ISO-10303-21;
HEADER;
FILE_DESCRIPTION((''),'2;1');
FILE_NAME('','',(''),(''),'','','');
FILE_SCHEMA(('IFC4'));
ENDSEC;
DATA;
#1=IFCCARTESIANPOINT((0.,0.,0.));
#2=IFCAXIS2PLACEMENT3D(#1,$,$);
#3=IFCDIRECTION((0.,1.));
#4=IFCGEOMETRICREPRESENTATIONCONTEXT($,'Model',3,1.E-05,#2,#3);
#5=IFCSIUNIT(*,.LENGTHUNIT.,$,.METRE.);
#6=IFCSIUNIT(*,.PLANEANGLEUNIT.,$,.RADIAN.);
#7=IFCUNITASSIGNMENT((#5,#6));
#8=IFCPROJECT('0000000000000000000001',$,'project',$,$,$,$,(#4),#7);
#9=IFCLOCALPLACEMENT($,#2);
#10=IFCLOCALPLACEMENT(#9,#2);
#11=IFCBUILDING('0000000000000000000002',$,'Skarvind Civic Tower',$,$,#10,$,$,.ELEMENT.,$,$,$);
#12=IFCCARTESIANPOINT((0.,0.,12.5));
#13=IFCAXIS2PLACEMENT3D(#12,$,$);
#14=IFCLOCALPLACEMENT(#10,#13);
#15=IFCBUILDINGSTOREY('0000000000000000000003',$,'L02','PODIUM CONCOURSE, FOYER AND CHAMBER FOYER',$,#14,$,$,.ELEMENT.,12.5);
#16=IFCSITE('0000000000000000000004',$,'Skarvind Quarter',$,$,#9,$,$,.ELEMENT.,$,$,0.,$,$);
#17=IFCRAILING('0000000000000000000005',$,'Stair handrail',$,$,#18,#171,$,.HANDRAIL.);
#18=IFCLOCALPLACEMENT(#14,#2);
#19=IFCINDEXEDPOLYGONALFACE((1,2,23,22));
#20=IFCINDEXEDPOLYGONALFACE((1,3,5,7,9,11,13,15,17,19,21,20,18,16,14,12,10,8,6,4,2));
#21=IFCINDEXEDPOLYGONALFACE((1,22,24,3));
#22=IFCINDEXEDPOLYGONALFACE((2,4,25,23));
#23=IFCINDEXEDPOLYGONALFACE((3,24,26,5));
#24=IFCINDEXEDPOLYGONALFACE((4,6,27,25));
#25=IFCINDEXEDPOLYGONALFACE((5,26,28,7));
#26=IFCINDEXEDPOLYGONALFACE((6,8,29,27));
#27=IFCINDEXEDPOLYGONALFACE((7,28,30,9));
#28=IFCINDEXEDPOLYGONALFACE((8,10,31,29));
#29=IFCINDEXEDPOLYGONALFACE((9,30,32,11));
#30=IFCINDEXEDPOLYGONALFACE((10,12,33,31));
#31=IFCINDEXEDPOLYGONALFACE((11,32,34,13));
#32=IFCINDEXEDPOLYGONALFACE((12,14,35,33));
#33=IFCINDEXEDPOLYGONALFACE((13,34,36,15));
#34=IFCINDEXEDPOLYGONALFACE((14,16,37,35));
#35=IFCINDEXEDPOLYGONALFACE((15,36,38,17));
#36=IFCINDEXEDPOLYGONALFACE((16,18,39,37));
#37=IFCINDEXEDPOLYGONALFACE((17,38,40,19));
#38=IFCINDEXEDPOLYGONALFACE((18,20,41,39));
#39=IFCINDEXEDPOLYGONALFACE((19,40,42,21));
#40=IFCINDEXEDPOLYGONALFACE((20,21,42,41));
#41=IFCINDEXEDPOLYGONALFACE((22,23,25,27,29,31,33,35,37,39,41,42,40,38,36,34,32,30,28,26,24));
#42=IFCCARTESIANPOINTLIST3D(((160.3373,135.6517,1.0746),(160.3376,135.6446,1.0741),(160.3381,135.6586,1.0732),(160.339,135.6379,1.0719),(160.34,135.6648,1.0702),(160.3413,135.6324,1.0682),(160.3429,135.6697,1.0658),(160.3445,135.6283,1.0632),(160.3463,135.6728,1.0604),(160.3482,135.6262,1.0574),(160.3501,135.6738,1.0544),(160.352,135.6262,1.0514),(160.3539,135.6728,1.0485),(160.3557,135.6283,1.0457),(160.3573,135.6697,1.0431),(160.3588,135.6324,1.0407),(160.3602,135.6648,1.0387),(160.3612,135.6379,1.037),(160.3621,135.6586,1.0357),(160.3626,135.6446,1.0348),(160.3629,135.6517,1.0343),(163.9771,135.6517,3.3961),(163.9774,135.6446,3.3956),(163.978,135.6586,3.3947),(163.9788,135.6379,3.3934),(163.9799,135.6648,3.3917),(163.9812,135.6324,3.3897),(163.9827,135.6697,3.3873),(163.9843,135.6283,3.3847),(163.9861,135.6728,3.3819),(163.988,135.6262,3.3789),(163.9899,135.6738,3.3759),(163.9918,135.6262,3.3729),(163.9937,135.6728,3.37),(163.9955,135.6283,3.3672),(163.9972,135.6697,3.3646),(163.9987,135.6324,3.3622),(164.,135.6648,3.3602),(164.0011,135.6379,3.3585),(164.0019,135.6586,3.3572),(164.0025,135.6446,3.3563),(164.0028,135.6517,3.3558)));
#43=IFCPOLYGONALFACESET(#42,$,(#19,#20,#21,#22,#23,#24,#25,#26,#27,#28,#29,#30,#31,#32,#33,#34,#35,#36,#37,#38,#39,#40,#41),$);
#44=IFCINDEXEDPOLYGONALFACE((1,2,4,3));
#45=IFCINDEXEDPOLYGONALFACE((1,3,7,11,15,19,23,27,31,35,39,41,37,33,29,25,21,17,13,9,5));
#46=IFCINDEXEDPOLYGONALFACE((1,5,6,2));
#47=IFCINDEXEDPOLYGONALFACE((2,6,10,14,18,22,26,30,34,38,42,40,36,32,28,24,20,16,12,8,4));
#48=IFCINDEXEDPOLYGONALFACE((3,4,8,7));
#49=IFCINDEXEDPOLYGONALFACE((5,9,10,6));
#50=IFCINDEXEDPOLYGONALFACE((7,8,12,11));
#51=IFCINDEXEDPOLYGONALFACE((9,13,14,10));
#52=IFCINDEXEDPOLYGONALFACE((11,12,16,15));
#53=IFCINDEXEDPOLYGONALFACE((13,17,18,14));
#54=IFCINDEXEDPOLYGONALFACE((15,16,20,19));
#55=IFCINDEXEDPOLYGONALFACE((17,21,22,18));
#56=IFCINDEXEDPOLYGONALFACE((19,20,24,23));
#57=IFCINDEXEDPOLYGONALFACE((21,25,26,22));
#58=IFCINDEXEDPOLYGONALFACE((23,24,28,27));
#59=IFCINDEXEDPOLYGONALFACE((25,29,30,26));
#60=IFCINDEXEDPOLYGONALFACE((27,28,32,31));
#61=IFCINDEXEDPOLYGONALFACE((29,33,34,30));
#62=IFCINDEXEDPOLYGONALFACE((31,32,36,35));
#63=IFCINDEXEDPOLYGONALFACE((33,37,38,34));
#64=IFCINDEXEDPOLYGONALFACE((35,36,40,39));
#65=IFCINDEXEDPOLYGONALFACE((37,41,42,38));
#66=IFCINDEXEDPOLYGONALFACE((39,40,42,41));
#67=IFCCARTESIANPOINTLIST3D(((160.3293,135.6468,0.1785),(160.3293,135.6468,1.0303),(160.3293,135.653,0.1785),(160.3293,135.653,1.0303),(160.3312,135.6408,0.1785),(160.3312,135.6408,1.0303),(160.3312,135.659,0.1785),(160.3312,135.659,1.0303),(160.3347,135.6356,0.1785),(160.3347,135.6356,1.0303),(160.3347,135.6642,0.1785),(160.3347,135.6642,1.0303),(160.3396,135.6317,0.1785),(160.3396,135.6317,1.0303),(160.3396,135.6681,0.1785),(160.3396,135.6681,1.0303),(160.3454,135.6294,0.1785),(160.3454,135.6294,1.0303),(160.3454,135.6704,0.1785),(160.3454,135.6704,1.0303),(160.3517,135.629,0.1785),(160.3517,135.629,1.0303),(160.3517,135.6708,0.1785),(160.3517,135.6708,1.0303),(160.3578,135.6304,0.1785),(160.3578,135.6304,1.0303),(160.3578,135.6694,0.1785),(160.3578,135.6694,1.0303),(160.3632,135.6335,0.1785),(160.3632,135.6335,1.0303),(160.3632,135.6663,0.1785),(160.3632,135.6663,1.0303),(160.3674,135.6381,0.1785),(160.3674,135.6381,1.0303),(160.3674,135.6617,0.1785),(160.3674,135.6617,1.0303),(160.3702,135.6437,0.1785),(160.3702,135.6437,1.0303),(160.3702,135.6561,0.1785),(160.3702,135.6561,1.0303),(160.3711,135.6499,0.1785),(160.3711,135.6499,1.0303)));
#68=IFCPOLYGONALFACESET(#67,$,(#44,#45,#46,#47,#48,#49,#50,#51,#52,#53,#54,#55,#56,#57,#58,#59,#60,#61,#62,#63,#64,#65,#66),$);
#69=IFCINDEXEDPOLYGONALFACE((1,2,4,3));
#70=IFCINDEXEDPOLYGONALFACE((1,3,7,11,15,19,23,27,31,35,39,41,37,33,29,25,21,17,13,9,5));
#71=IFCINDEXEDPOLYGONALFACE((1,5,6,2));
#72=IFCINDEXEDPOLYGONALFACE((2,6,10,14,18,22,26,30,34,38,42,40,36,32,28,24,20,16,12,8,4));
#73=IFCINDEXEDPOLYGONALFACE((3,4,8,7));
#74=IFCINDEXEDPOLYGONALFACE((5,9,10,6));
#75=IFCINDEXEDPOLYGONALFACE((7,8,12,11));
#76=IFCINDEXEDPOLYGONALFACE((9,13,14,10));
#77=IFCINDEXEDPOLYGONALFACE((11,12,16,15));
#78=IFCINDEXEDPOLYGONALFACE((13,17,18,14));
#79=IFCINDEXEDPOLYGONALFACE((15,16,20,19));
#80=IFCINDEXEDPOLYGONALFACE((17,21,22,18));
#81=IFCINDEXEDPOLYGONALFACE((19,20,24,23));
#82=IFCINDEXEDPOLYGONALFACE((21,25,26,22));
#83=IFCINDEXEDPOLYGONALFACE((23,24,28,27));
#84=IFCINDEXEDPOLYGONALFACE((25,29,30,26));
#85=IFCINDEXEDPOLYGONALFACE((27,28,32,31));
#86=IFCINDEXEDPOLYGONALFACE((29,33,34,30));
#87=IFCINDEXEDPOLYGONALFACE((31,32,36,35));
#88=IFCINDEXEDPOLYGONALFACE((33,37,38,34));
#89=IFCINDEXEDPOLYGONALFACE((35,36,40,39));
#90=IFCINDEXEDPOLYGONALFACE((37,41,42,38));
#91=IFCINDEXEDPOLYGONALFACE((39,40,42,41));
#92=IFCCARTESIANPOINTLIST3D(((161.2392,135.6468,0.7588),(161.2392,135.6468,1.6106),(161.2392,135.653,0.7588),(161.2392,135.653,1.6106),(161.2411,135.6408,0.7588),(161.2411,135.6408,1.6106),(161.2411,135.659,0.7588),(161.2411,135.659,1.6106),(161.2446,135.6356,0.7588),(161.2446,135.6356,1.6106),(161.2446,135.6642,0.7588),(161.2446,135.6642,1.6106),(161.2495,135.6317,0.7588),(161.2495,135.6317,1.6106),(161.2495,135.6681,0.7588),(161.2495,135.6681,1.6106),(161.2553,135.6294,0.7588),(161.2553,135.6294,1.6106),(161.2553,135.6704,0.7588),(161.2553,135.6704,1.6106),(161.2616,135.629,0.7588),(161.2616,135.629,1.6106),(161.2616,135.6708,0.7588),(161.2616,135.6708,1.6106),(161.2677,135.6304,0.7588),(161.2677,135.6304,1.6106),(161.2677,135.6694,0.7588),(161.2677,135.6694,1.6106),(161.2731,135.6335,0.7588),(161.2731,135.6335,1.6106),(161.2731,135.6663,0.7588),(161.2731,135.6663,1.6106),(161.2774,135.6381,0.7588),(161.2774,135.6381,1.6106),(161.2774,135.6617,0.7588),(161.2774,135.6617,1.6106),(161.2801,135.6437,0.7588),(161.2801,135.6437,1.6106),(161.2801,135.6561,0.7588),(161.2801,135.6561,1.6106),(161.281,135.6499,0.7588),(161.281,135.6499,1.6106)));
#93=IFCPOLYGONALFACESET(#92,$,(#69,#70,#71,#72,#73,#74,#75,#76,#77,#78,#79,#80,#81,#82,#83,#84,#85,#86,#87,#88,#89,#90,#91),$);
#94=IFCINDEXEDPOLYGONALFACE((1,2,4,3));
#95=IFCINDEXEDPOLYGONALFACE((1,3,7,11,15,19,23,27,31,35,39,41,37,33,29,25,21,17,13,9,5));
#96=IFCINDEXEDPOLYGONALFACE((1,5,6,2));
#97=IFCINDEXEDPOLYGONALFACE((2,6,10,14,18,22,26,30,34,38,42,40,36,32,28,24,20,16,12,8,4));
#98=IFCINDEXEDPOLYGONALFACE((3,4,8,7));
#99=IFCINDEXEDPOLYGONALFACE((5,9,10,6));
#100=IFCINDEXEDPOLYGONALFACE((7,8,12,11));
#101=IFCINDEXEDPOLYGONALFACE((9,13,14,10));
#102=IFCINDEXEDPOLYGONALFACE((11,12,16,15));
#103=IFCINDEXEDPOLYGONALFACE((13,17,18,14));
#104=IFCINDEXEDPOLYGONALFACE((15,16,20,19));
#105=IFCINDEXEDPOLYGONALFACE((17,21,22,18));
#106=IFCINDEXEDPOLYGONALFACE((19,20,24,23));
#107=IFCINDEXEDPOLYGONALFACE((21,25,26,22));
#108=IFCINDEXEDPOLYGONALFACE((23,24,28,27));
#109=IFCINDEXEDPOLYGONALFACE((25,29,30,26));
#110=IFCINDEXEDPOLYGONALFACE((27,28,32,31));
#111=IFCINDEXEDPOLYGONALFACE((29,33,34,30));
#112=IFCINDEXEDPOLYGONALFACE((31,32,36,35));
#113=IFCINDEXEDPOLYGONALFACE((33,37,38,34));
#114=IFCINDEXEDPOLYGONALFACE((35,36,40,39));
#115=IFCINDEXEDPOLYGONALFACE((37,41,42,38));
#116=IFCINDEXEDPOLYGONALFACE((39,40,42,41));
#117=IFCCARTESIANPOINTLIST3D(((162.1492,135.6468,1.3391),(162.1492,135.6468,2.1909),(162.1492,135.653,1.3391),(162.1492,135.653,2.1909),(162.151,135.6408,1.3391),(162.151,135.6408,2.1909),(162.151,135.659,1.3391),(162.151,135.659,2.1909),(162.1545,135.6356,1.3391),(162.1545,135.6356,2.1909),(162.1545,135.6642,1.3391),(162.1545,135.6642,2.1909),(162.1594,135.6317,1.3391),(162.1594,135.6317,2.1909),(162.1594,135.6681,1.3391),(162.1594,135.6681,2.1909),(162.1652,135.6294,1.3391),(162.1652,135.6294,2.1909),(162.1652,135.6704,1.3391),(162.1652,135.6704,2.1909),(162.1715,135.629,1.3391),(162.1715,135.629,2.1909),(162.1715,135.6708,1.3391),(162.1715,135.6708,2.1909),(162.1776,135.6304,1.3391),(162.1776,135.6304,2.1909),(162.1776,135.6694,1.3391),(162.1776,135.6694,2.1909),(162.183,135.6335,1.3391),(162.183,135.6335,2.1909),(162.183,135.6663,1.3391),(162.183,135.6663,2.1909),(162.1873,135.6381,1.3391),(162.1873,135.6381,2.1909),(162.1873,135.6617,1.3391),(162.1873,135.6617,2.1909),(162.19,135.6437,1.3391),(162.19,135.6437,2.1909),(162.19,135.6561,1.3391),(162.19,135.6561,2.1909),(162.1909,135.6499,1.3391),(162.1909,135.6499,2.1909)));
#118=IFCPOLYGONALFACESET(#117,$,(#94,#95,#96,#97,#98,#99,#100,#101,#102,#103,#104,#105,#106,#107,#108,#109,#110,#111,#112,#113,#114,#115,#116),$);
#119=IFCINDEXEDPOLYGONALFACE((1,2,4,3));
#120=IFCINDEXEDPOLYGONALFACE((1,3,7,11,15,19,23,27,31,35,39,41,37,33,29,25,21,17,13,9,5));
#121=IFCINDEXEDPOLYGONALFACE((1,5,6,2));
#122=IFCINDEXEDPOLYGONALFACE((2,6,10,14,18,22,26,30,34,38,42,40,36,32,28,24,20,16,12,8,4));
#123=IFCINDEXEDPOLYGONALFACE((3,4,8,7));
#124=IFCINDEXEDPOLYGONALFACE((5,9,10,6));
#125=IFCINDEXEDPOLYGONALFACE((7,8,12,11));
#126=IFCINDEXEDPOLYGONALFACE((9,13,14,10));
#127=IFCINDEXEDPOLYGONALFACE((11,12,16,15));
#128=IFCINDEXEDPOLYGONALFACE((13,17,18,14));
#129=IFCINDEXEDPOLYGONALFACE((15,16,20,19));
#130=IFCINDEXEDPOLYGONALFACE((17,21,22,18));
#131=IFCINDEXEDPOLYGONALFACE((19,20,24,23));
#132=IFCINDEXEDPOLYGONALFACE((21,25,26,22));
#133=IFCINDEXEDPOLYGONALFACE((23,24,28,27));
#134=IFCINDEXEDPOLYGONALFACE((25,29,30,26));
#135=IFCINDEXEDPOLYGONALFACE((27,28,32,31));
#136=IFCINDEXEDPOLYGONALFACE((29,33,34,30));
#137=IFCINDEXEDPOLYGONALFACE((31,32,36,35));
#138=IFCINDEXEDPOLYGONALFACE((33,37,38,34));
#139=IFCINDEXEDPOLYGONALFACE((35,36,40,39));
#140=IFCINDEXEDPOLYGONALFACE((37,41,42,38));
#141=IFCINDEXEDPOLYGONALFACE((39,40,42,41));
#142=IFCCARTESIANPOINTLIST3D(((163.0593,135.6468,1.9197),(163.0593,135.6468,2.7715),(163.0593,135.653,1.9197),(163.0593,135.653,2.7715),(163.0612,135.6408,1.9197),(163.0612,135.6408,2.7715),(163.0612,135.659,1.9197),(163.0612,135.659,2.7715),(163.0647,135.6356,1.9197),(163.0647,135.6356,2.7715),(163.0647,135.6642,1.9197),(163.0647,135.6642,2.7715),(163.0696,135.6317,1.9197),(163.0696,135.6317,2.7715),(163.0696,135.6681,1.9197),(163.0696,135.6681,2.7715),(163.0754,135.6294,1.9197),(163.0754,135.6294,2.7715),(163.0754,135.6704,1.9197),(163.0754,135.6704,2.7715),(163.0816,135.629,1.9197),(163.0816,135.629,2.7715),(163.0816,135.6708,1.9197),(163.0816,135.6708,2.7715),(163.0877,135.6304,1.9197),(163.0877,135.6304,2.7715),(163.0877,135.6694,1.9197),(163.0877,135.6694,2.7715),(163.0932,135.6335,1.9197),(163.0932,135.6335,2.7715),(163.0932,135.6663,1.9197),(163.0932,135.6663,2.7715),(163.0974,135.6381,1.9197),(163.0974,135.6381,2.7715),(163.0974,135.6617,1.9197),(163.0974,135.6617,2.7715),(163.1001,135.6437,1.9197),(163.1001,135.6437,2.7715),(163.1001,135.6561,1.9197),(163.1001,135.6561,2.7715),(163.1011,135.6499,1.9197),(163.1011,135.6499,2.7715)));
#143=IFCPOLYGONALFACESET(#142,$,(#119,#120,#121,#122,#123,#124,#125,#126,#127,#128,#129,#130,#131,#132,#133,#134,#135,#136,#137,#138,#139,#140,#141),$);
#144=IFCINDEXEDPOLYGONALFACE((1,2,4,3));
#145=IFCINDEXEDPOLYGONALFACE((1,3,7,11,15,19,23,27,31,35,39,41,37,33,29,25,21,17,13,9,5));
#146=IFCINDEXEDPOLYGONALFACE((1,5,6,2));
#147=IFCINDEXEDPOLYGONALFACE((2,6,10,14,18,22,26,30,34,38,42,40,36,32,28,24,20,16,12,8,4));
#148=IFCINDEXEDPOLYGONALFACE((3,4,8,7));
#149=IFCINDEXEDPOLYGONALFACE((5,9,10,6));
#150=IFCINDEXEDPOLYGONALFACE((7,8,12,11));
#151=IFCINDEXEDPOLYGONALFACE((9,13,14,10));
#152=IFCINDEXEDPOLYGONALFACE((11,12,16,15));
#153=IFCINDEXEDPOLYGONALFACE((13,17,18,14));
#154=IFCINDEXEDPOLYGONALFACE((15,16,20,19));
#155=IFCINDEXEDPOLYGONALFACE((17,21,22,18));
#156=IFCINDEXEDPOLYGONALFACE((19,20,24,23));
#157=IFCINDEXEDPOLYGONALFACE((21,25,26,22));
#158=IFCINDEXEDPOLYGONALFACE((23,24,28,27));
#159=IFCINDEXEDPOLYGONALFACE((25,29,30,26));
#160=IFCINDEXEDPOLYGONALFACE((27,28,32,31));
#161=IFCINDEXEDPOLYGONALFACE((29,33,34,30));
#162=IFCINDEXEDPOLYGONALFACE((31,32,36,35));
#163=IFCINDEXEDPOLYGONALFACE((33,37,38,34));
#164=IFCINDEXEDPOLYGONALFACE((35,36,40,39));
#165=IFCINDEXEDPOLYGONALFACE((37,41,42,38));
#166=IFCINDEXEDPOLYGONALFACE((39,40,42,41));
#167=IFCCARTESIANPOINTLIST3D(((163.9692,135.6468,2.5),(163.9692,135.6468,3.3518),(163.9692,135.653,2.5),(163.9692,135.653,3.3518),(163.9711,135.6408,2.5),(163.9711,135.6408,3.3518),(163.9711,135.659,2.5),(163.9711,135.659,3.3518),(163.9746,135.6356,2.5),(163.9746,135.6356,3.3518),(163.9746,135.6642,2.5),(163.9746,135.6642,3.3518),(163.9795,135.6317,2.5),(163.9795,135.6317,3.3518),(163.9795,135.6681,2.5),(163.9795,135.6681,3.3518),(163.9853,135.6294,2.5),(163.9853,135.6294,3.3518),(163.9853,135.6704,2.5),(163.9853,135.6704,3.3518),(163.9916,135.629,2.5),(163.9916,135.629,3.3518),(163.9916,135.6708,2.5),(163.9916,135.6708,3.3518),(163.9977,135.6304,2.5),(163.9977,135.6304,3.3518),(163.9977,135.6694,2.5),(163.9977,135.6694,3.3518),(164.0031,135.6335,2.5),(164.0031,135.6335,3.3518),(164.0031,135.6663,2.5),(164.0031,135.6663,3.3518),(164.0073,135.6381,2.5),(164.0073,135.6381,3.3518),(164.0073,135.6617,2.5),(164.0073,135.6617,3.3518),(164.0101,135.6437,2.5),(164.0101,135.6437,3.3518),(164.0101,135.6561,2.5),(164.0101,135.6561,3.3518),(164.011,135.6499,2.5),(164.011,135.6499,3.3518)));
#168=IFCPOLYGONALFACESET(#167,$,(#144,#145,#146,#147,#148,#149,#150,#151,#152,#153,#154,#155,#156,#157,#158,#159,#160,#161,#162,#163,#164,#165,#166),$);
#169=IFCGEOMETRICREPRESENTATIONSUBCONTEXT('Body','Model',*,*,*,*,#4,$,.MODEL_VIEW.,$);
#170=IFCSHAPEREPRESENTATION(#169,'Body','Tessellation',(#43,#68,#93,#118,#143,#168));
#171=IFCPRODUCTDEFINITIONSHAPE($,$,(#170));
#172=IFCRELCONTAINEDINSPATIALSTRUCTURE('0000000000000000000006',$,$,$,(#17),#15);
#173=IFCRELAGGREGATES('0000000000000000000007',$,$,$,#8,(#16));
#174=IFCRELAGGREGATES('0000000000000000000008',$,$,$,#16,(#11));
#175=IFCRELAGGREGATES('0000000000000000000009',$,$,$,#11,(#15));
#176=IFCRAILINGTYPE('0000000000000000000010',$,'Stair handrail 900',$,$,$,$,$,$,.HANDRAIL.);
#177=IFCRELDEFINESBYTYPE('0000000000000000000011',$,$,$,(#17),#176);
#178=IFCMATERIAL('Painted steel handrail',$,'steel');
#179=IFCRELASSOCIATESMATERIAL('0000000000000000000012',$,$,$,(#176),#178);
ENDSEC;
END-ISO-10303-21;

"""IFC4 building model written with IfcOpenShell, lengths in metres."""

from ifc_helpers import new_model, si_unit, direction, frame, origin, origin_2d, place, context, subcontext, project, spatial, circle, extrude, material, type_object, element, save


model = new_model("IFC4")

# Units and contexts
model_context = context("Model", 3, precision=1e-05, world=origin(), true_north=direction((0.0, 1.0)))
body_context = subcontext(model_context, "Body", "Model", "MODEL_VIEW")
ifc_project = project(units=[si_unit("LENGTHUNIT", "METRE"), si_unit("PLANEANGLEUNIT", "RADIAN")], contexts=[model_context])

# Site, building, storey
site_placement = place(None, origin())
site = spatial("IfcSite", under=ifc_project, at=site_placement, Name="Skarvind Quarter", CompositionType="ELEMENT", RefElevation=0.0)
building_placement = place(site_placement, origin())
building = spatial("IfcBuilding", under=site, at=building_placement, Name="Skarvind Civic Tower", CompositionType="ELEMENT")
storey_placement = place(building_placement, frame((0.0, 0.0, 12.5)))
storey = spatial("IfcBuildingStorey", under=building, at=storey_placement, Name="L02", Description="PODIUM CONCOURSE, FOYER AND CHAMBER FOYER", CompositionType="ELEMENT", Elevation=12.5)

# Railing
ifc_material_1 = material(Name="Painted steel handrail", Category="steel")
railing_type = type_object("IfcRailingType", Name="Stair handrail 900", PredefinedType="HANDRAIL", material=ifc_material_1)
railing_placement = place(storey_placement, frame((160.3501, 135.6499, 0.1785)))
element("IfcRailing", 1, at=railing_placement, inside=storey, type_object=railing_type, Name="Stair handrail", PredefinedType="HANDRAIL", context=body_context, shape_type="SweptSolid", body=[
    extrude(circle(Radius=0.0239, at=origin_2d()), frame((0.0, 0.0, 0.876), z_axis=(0.843112, 0.0, 0.537739), x_axis=(0.0, 1.0, 0.0)), (0.0, 0.0, 1.0), 4.3171),
    extrude(circle(Radius=0.021, at=origin_2d()), origin(), (0.0, 0.0, 1.0), 0.8518),
    extrude(circle(Radius=0.021, at=origin_2d()), frame((0.9099, 0.0, 0.5803)), (0.0, 0.0, 1.0), 0.8518),
    extrude(circle(Radius=0.021, at=origin_2d()), frame((1.8198, 0.0, 1.1606)), (0.0, 0.0, 1.0), 0.8518),
    extrude(circle(Radius=0.021, at=origin_2d()), frame((2.73, 0.0, 1.7412)), (0.0, 0.0, 1.0), 0.8518),
    extrude(circle(Radius=0.021, at=origin_2d()), frame((3.6399, 0.0, 2.3215)), (0.0, 0.0, 1.0), 0.8518),
])

save(model, "model.ifc")
